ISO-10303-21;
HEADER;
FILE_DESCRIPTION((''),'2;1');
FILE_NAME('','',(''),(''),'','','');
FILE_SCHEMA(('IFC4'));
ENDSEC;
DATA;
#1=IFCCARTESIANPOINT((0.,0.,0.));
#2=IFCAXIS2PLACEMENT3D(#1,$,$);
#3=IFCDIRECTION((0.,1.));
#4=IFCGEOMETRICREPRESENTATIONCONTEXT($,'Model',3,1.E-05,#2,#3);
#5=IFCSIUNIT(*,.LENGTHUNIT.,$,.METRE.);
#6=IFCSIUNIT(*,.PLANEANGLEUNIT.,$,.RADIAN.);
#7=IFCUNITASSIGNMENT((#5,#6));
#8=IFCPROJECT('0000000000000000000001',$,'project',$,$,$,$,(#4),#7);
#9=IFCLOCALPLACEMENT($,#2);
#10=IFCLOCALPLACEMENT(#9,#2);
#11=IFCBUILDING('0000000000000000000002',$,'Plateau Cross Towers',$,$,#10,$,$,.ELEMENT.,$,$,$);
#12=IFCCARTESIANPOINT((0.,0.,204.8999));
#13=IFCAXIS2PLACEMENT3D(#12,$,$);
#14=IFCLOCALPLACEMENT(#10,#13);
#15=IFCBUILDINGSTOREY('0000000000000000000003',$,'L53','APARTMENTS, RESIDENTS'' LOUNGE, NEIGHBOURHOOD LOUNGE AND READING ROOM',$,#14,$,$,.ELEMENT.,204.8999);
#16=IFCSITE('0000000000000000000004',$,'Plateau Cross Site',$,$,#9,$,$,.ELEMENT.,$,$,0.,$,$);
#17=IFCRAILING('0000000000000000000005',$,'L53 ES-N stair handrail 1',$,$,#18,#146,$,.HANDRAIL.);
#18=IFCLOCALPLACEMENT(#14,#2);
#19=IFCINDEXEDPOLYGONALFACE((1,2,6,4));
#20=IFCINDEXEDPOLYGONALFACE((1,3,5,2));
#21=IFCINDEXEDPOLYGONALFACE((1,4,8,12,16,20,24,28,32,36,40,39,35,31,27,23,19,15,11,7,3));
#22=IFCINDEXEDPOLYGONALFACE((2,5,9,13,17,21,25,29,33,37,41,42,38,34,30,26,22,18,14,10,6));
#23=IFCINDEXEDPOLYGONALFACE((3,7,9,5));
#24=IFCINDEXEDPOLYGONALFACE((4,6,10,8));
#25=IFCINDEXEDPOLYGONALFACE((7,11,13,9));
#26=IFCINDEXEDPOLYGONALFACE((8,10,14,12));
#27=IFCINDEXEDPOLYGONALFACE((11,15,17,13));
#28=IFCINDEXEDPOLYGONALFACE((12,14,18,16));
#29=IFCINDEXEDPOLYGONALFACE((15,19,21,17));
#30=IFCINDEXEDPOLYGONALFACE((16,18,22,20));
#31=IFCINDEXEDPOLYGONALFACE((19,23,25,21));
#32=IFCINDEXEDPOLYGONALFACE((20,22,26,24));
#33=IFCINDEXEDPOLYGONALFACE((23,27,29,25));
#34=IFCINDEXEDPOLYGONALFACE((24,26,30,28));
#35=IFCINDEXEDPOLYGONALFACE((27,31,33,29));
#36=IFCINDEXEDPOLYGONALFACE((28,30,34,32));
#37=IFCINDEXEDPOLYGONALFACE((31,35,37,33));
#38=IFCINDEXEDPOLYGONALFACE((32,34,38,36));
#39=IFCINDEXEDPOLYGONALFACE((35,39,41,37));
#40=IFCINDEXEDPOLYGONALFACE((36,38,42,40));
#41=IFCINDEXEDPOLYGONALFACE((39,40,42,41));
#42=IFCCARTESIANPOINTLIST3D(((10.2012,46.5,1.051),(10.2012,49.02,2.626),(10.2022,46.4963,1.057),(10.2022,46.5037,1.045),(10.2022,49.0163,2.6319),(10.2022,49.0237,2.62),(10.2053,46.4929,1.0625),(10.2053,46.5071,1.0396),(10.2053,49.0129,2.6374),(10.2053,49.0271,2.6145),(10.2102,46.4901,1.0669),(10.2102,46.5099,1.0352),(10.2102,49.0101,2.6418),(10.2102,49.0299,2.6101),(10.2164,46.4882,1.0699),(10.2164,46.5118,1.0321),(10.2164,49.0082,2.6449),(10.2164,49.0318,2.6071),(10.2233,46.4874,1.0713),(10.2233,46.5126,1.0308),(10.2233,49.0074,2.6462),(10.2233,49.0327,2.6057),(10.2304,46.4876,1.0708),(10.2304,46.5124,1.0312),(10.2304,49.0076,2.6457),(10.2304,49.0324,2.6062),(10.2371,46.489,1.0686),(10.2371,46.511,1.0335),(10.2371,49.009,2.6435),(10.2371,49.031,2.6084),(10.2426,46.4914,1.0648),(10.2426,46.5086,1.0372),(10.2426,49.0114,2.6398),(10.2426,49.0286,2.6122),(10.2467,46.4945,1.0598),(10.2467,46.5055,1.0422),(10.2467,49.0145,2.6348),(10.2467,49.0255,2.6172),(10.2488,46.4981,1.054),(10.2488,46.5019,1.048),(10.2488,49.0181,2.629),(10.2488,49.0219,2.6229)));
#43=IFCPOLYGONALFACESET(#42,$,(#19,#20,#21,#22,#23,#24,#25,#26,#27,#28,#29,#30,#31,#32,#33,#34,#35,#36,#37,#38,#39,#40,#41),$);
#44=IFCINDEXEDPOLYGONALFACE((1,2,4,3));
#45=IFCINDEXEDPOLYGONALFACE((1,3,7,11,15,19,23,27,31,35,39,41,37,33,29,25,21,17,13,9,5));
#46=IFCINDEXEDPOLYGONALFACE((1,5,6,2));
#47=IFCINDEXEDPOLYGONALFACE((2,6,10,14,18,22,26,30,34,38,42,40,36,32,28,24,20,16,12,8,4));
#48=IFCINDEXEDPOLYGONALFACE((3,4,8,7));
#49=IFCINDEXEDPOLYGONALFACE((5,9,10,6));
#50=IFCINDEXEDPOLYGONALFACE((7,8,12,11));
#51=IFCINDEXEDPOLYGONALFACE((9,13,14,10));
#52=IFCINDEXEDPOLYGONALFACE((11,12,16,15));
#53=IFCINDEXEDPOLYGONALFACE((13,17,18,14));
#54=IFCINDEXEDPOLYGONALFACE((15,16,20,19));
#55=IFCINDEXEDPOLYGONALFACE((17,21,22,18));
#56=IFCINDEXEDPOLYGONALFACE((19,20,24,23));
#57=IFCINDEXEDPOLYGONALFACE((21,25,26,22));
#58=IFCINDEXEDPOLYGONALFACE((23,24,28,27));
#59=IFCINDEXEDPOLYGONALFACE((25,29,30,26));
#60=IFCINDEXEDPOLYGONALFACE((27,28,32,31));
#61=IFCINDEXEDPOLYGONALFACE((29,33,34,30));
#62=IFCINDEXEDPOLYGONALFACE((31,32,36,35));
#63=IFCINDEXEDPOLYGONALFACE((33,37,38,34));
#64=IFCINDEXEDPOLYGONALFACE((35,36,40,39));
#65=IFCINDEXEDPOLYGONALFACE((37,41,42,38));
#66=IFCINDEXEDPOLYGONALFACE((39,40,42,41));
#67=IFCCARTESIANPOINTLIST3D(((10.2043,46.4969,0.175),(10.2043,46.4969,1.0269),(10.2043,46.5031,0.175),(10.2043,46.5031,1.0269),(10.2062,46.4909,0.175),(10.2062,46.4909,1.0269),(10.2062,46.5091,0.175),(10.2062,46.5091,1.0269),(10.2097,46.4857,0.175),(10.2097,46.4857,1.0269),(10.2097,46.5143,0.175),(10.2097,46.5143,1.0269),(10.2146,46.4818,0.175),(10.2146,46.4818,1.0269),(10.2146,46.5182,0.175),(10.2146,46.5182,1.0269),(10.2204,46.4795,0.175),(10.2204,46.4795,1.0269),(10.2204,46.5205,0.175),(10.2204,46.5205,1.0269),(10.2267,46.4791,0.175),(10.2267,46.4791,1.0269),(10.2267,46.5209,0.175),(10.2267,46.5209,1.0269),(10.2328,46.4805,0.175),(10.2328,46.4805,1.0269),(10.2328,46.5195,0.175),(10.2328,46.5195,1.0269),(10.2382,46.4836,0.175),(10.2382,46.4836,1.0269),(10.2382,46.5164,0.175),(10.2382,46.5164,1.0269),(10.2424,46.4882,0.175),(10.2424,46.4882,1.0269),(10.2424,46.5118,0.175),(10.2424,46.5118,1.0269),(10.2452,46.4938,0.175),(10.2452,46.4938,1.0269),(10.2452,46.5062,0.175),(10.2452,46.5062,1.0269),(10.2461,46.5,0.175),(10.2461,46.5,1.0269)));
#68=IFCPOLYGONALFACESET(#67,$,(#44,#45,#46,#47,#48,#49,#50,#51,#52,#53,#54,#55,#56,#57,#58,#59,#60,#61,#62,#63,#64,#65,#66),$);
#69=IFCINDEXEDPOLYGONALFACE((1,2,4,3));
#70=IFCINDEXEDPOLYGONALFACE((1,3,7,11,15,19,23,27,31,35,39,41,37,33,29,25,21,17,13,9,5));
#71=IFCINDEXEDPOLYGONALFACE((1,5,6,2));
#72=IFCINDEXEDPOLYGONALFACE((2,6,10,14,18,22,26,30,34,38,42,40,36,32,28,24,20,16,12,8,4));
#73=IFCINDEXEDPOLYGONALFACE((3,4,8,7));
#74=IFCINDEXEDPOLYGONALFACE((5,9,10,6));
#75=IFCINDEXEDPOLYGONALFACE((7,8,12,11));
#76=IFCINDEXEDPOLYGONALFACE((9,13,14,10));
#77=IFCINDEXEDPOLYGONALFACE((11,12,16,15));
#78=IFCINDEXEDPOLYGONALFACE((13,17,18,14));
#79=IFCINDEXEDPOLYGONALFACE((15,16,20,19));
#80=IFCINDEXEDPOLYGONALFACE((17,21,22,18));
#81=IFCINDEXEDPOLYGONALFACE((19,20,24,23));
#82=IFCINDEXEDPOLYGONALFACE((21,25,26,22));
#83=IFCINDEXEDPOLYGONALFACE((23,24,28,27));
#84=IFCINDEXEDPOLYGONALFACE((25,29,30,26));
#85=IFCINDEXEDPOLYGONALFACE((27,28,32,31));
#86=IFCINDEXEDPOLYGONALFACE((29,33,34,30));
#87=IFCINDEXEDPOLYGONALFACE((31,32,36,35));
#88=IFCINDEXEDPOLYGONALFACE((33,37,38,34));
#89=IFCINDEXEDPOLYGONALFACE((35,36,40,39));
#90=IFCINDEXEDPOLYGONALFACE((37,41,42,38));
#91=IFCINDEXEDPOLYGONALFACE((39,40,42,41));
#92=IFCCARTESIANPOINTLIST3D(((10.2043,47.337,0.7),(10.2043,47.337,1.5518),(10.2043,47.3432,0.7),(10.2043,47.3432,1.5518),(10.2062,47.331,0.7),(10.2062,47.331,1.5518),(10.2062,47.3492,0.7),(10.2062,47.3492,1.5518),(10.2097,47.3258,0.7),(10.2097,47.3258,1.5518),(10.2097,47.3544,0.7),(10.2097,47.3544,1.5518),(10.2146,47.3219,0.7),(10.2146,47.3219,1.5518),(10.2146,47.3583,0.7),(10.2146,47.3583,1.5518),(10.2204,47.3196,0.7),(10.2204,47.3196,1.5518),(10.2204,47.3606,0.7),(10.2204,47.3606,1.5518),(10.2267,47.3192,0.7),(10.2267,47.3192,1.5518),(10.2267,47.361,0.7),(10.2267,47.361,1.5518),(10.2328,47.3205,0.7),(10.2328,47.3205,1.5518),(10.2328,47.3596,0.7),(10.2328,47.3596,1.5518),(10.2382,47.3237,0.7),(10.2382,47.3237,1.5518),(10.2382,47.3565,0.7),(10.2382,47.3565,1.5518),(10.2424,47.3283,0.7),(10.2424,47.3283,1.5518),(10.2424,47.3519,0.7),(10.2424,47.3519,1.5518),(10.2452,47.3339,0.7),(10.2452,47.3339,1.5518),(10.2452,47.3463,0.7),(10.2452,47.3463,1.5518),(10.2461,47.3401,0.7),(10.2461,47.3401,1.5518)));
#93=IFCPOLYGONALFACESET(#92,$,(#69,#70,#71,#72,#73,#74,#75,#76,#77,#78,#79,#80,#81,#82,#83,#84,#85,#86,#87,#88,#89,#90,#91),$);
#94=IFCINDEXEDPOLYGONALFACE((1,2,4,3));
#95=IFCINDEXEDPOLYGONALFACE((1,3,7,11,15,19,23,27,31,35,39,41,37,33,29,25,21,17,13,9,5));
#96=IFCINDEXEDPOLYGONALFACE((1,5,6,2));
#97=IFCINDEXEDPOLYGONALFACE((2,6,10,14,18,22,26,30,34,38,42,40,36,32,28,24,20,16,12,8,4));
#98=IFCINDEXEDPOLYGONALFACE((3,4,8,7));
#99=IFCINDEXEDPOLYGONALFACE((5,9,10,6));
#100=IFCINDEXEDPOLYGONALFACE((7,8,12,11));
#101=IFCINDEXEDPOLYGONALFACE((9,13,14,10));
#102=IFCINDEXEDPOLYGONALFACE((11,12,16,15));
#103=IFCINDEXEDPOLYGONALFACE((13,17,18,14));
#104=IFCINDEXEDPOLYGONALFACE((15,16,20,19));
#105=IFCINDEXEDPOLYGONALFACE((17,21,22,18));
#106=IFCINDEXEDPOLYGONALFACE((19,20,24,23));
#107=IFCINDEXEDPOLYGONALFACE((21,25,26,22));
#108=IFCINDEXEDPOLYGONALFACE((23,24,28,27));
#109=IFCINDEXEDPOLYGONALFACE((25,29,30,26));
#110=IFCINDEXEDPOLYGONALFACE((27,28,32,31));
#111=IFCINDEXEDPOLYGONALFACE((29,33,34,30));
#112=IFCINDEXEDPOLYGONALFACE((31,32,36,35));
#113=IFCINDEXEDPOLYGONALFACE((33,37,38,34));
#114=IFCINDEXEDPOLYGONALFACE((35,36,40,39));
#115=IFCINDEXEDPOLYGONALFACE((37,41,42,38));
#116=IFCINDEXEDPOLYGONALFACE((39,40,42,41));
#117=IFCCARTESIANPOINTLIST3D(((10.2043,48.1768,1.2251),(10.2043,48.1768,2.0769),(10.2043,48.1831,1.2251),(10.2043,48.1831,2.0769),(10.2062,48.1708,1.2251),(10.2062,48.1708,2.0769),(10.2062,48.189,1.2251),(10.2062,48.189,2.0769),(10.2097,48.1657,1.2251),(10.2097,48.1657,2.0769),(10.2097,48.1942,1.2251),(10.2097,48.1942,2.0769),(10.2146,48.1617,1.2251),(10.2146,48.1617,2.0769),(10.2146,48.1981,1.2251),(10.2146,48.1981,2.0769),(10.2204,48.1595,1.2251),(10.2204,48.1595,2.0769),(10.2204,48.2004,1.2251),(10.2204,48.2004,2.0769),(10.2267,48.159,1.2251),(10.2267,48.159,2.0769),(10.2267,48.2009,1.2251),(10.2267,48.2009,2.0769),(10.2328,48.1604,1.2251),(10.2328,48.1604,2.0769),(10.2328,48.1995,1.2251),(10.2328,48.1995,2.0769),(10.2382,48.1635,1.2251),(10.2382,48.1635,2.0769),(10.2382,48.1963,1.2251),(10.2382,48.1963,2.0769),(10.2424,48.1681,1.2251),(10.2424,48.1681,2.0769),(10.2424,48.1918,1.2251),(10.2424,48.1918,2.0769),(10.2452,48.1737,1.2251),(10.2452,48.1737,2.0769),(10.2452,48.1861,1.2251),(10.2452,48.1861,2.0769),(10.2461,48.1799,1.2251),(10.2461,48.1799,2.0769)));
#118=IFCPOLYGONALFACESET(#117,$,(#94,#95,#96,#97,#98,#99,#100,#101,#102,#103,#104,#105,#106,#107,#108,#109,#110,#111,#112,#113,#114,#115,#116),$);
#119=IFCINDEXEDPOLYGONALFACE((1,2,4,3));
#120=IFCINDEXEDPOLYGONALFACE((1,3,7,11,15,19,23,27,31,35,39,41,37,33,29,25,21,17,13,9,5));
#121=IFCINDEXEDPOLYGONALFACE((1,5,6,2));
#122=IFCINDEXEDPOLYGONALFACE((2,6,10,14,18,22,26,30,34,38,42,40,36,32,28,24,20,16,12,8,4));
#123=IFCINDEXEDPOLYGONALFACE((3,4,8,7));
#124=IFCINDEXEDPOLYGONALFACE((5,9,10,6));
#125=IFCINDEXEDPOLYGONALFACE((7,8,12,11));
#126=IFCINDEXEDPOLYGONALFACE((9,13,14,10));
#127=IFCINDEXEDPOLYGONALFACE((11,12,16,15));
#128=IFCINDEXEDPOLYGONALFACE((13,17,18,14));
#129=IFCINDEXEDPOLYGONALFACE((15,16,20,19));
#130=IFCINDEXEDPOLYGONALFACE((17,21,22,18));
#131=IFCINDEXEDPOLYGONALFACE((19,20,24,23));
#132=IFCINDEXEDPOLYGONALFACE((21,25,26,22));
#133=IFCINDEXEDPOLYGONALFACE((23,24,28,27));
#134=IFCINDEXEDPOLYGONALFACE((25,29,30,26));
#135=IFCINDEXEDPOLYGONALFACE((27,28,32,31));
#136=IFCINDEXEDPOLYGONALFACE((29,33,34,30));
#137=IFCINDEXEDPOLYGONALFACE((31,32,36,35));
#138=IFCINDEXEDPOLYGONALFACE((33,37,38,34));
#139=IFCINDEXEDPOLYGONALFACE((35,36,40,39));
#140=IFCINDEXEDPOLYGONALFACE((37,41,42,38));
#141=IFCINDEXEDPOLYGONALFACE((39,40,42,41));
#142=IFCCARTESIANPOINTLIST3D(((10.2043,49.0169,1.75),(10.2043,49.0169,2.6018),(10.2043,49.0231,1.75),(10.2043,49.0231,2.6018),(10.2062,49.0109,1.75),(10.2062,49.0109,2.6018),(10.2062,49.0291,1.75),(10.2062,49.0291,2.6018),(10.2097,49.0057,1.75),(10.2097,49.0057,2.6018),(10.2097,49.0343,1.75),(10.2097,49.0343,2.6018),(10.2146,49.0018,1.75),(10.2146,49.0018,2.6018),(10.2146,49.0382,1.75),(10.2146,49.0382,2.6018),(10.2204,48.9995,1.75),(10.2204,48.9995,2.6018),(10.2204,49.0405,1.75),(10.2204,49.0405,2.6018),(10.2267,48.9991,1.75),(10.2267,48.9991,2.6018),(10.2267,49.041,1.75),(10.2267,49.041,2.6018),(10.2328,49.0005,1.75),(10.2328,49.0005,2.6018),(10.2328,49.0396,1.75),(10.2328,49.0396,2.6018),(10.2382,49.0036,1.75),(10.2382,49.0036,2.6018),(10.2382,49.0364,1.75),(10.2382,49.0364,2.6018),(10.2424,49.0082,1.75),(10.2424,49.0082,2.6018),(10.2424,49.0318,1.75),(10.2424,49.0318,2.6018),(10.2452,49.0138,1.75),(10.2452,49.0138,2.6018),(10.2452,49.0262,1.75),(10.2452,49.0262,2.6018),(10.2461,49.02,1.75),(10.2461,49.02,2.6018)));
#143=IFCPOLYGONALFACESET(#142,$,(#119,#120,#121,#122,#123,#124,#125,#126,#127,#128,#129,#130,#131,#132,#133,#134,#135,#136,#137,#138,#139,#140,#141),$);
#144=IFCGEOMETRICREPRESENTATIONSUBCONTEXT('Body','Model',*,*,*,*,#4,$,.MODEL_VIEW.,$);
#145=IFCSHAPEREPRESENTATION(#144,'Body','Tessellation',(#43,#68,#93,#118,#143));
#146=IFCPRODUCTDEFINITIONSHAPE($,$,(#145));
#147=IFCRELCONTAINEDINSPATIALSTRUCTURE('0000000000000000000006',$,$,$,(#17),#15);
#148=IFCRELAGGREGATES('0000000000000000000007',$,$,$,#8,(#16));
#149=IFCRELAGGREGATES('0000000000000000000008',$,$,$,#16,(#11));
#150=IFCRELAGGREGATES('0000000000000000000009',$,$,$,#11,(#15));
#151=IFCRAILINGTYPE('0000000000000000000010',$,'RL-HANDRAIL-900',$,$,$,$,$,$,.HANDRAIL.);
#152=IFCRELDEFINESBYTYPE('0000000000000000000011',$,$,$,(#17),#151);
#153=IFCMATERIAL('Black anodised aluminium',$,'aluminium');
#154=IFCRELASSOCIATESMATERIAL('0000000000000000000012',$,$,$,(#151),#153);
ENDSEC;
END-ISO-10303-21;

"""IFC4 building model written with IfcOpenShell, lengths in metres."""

from ifc_helpers import new_model, si_unit, direction, frame, origin, origin_2d, place, context, subcontext, project, spatial, circle, extrude, material, type_object, element, save


model = new_model("IFC4")

# Units and contexts
model_context = context("Model", 3, precision=1e-05, world=origin(), true_north=direction((0.0, 1.0)))
body_context = subcontext(model_context, "Body", "Model", "MODEL_VIEW")
ifc_project = project(units=[si_unit("LENGTHUNIT", "METRE"), si_unit("PLANEANGLEUNIT", "RADIAN")], contexts=[model_context])

# Site, building, storey
site_placement = place(None, origin())
site = spatial("IfcSite", under=ifc_project, at=site_placement, Name="Plateau Cross Site", CompositionType="ELEMENT", RefElevation=0.0)
building_placement = place(site_placement, origin())
building = spatial("IfcBuilding", under=site, at=building_placement, Name="Plateau Cross Towers", CompositionType="ELEMENT")
storey_placement = place(building_placement, frame((0.0, 0.0, 204.8999)))
storey = spatial("IfcBuildingStorey", under=building, at=storey_placement, Name="L53", Description="APARTMENTS, RESIDENTS' LOUNGE, NEIGHBOURHOOD LOUNGE AND READING ROOM", CompositionType="ELEMENT", Elevation=204.8999)

# Shared definitions
ifc_material_1 = material(Name="Black anodised aluminium", Category="aluminium")

# Railing
railing_type_1 = type_object("IfcRailingType", Name="RL-HANDRAIL-900", PredefinedType="HANDRAIL", material=ifc_material_1)
railing_1_placement = place(storey_placement, frame((10.2251, 46.5, 0.175)))
element("IfcRailing", 1, at=railing_1_placement, inside=storey, type_object=railing_type_1, Name="L53 ES-N stair handrail 1", PredefinedType="HANDRAIL", context=body_context, shape_type="SweptSolid", body=[
    extrude(circle(Radius=0.0239, at=origin_2d()), frame((0.0, 0.0, 0.876), z_axis=(0.0, 0.848008, 0.529984), x_axis=(-1.0, 0.0, 0.0)), (0.0, 0.0, 1.0), 2.9717),
    extrude(circle(Radius=0.021, at=origin_2d()), origin(), (0.0, 0.0, 1.0), 0.8518),
    extrude(circle(Radius=0.021, at=origin_2d()), frame((0.0, 0.8401, 0.5249)), (0.0, 0.0, 1.0), 0.8518),
    extrude(circle(Radius=0.021, at=origin_2d()), frame((0.0, 1.6799, 1.05)), (0.0, 0.0, 1.0), 0.8518),
    extrude(circle(Radius=0.021, at=origin_2d()), frame((0.0, 2.52, 1.575)), (0.0, 0.0, 1.0), 0.8518),
])

save(model, "model.ifc")
